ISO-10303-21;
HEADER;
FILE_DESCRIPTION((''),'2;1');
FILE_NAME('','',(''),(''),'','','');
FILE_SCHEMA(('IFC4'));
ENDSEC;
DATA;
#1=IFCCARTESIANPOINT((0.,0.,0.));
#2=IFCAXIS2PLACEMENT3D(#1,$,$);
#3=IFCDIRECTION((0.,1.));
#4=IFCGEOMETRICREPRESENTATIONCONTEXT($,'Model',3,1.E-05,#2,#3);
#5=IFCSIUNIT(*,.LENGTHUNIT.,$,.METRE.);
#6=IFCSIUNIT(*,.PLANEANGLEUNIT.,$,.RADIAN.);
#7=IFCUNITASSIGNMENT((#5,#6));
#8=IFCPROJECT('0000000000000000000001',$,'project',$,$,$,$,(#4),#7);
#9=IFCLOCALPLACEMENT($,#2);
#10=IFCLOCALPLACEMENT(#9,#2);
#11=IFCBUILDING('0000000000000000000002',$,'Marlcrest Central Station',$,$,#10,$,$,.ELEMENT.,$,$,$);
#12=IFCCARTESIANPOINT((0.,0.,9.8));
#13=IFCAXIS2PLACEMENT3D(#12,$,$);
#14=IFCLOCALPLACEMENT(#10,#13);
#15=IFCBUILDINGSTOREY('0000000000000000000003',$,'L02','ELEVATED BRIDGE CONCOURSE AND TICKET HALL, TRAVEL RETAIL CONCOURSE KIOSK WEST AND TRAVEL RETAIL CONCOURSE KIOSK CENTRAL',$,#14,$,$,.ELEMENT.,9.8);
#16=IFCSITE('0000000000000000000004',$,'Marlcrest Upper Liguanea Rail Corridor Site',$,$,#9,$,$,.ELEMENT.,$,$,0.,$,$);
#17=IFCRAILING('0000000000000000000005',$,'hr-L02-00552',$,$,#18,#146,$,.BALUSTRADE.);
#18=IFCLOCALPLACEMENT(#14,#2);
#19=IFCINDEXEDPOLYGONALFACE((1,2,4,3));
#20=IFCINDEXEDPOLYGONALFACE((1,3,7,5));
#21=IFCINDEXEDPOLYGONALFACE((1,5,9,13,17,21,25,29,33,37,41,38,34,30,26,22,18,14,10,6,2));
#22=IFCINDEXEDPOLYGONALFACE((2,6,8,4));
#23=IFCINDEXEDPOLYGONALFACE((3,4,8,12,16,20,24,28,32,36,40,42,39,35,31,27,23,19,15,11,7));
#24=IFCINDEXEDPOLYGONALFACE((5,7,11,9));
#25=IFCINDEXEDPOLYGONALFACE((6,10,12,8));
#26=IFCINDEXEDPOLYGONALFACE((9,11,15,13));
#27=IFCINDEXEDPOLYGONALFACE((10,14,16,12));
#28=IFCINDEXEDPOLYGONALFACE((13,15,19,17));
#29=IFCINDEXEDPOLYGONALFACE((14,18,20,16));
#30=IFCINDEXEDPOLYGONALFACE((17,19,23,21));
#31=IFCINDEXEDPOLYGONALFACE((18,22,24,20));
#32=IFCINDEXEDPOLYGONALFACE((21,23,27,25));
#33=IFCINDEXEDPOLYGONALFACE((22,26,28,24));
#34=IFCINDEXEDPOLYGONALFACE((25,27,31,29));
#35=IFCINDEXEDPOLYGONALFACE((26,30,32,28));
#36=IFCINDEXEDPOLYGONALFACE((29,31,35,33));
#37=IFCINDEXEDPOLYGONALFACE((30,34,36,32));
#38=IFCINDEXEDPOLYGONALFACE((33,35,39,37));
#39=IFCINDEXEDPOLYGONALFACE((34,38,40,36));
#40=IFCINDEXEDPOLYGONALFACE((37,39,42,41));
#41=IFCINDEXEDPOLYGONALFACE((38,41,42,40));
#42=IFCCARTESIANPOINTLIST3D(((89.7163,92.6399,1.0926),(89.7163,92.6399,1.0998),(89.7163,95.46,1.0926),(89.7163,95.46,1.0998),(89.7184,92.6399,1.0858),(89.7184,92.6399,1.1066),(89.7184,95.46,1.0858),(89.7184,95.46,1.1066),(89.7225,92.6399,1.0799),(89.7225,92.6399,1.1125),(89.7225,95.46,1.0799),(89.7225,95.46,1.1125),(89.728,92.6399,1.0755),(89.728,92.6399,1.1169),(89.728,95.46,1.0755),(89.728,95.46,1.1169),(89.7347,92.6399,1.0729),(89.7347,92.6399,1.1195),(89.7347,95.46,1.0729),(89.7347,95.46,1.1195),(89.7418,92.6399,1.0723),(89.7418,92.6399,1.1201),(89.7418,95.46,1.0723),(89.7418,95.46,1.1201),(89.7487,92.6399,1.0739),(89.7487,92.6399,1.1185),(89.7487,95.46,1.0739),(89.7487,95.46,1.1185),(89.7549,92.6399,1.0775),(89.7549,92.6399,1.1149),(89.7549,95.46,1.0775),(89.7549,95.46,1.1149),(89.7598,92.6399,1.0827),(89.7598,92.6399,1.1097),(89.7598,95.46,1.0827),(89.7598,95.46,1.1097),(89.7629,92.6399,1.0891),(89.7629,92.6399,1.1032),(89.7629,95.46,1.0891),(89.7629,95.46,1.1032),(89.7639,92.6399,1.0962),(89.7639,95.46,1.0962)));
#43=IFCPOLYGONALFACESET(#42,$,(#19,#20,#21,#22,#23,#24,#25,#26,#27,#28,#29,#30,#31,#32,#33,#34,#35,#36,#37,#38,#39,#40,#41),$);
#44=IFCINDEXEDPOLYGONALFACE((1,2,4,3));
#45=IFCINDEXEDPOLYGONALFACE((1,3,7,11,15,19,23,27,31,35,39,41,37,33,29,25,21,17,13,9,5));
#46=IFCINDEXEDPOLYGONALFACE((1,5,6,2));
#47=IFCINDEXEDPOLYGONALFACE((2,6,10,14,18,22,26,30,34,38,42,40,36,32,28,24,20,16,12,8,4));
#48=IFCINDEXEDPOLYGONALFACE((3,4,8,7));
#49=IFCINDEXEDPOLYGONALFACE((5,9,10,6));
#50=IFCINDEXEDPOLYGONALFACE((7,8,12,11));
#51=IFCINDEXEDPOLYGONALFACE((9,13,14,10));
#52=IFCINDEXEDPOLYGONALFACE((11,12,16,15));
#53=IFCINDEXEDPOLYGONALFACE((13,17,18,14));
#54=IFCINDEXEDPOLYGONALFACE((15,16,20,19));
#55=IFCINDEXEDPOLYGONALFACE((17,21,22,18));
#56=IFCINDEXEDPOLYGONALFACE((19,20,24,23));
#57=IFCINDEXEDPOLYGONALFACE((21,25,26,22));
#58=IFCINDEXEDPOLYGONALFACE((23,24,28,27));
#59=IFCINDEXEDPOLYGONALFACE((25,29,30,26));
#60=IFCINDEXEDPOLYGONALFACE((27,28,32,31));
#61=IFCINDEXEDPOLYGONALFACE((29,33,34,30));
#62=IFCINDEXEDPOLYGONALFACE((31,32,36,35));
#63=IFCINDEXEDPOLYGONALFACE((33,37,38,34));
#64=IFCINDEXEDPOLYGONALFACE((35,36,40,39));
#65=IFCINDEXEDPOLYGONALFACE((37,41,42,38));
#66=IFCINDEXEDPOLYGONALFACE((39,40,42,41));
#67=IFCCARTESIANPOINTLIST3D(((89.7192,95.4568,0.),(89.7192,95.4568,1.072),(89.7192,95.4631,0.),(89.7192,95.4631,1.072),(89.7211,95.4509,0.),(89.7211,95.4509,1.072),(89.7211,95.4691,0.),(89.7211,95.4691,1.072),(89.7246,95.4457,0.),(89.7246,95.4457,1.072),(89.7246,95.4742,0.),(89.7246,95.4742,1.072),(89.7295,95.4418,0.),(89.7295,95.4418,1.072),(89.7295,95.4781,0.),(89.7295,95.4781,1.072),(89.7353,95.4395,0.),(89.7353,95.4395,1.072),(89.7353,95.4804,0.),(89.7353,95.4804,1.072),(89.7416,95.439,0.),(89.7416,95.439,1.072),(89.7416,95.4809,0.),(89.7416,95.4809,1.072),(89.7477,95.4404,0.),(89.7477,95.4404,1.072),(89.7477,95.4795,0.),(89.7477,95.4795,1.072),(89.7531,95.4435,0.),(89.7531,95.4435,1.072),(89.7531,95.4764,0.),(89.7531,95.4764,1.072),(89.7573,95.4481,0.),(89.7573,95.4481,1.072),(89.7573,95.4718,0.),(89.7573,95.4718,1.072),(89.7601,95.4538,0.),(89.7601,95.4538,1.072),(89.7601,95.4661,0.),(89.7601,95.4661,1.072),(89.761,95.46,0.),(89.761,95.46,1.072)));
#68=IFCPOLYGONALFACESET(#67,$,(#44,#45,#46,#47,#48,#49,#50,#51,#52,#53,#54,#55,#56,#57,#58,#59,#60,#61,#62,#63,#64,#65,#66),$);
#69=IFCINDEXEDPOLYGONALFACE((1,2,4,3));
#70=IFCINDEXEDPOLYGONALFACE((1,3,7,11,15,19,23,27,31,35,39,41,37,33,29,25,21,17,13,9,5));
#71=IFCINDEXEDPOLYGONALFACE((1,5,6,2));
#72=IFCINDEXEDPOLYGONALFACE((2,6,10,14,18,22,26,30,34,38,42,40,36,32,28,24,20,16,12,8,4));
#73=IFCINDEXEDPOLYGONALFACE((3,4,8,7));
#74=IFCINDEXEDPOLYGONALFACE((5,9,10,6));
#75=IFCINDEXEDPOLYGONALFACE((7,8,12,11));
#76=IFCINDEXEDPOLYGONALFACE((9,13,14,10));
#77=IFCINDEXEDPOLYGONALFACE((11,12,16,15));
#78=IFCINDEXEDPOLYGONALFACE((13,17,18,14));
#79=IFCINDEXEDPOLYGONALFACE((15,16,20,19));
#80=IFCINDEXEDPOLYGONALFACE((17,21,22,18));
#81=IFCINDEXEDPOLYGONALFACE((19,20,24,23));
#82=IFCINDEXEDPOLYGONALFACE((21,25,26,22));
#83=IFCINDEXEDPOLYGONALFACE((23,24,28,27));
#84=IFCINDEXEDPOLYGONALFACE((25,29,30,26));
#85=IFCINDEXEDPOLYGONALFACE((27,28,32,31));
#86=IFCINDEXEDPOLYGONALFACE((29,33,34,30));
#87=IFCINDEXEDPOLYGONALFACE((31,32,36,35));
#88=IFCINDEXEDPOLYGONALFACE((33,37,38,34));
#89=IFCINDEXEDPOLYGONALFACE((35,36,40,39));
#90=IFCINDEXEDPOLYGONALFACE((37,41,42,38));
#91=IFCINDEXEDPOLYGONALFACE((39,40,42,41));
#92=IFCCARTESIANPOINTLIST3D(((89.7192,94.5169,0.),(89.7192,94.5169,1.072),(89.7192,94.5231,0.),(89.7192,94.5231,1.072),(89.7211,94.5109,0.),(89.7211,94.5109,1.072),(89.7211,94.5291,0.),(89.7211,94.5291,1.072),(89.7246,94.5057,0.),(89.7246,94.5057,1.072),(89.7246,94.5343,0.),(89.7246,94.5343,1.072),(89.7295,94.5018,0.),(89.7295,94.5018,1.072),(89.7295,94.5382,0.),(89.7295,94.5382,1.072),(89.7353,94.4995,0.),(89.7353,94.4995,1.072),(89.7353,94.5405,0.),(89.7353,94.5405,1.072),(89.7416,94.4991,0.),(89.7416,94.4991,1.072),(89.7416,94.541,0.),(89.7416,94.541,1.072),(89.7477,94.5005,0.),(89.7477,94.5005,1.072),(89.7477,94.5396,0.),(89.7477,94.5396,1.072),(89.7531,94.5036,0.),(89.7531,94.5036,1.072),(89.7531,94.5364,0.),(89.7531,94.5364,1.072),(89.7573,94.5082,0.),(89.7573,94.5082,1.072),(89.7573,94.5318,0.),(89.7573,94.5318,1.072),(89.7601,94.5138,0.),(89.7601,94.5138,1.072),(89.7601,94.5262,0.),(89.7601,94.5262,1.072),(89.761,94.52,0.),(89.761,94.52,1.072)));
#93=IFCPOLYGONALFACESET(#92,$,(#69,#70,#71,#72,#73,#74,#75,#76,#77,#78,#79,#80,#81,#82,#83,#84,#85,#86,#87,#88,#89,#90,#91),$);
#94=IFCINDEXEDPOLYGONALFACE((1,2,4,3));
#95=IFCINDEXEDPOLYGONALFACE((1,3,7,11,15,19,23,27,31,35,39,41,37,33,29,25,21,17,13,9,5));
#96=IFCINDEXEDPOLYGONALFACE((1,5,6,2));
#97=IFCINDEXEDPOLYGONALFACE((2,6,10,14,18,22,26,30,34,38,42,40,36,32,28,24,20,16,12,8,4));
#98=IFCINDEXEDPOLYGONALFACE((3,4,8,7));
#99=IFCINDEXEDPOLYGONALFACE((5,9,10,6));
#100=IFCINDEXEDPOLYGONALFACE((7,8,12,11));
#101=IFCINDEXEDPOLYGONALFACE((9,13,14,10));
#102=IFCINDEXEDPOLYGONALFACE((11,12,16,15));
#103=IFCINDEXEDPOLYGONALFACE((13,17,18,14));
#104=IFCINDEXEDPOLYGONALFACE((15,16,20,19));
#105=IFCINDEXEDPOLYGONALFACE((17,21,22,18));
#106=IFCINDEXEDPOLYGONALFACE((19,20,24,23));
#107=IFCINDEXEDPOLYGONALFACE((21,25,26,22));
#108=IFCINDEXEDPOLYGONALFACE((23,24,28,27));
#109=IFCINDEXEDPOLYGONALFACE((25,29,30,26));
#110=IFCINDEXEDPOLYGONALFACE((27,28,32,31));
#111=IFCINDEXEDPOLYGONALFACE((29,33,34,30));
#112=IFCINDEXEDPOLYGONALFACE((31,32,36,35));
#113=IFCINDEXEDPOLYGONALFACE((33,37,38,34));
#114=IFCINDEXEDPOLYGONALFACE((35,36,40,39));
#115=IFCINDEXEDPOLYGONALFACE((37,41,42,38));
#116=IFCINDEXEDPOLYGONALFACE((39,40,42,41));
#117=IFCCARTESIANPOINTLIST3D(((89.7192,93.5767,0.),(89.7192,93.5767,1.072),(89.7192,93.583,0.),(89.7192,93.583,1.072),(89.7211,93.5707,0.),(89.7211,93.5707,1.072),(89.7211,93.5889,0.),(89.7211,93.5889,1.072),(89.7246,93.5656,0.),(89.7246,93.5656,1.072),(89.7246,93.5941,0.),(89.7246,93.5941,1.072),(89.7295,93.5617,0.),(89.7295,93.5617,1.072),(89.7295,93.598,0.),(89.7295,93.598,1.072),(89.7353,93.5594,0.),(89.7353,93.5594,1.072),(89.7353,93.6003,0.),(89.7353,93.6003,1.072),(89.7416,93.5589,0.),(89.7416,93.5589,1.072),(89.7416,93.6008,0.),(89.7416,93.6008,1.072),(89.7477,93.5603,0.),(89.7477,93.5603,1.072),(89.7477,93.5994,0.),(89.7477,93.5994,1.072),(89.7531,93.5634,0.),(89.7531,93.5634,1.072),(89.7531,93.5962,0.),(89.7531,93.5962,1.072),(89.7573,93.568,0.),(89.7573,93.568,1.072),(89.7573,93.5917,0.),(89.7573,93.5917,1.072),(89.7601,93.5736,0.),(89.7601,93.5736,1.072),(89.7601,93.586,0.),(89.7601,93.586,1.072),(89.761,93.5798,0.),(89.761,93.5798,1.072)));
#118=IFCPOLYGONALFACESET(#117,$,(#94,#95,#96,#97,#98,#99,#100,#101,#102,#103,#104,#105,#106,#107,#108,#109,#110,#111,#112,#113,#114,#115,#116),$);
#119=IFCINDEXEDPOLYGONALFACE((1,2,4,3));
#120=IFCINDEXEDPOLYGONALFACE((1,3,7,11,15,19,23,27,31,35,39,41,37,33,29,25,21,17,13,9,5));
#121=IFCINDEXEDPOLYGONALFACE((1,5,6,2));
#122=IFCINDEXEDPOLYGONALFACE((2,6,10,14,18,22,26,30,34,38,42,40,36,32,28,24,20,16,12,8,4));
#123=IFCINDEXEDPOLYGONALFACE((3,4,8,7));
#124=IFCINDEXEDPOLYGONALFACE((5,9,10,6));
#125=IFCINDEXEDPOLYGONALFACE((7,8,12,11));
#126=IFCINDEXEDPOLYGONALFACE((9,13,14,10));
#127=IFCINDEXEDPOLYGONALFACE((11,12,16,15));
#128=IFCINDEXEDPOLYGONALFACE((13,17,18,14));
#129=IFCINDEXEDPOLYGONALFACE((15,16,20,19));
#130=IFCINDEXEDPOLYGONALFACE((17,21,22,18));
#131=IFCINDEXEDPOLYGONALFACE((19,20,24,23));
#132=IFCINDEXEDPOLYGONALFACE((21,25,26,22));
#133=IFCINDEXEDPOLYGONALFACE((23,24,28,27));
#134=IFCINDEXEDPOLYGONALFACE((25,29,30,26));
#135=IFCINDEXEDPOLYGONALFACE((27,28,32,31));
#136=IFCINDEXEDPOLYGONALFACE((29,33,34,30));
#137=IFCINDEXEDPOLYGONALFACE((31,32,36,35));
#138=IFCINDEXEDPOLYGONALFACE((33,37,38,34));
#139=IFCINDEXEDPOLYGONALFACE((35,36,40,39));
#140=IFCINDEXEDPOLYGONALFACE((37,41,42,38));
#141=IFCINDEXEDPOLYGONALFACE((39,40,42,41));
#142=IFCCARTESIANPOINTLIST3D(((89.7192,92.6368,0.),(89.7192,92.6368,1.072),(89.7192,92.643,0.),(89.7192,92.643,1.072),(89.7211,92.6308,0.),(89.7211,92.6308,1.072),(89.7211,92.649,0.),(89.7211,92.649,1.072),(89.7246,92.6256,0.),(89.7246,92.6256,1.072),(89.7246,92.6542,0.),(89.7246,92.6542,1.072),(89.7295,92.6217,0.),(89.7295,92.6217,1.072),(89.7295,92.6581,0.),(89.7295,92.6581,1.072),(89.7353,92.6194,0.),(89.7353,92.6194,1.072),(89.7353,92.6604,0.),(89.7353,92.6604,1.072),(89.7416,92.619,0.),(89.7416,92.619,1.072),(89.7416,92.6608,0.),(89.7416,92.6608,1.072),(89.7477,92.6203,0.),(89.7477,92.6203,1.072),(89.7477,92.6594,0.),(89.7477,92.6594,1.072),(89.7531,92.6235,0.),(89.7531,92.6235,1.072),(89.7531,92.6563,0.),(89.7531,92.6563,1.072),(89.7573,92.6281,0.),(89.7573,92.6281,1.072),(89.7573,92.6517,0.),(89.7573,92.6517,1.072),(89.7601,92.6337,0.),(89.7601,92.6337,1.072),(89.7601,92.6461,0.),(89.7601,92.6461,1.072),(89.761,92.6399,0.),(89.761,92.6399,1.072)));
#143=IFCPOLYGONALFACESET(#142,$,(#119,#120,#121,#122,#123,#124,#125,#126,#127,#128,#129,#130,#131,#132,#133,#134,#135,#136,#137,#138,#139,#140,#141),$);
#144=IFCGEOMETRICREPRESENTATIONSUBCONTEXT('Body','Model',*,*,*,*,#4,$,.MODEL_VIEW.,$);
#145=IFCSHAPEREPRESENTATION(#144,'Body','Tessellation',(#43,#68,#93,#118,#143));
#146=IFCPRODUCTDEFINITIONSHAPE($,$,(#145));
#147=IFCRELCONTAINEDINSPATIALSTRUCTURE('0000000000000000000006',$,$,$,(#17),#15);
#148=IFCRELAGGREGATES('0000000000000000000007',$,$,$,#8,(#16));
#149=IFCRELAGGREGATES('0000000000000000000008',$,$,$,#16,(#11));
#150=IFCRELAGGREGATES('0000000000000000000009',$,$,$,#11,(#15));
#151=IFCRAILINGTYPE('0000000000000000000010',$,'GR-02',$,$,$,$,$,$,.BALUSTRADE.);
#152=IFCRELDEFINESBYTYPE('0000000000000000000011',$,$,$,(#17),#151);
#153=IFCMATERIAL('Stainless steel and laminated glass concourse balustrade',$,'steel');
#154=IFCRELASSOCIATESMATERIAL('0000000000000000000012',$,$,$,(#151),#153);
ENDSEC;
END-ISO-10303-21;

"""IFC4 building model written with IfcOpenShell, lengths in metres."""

from ifc_helpers import new_model, si_unit, direction, frame, origin, origin_2d, place, context, subcontext, project, spatial, circle, extrude, material, type_object, element, save


model = new_model("IFC4")

# Units and contexts
model_context = context("Model", 3, precision=1e-05, world=origin(), true_north=direction((0.0, 1.0)))
body_context = subcontext(model_context, "Body", "Model", "MODEL_VIEW")
ifc_project = project(units=[si_unit("LENGTHUNIT", "METRE"), si_unit("PLANEANGLEUNIT", "RADIAN")], contexts=[model_context])

# Site, building, storey
site_placement = place(None, origin())
site = spatial("IfcSite", under=ifc_project, at=site_placement, Name="Marlcrest Upper Liguanea Rail Corridor Site", CompositionType="ELEMENT", RefElevation=0.0)
building_placement = place(site_placement, origin())
building = spatial("IfcBuilding", under=site, at=building_placement, Name="Marlcrest Central Station", CompositionType="ELEMENT")
storey_placement = place(building_placement, frame((0.0, 0.0, 9.8)))
storey = spatial("IfcBuildingStorey", under=building, at=storey_placement, Name="L02", Description="ELEVATED BRIDGE CONCOURSE AND TICKET HALL, TRAVEL RETAIL CONCOURSE KIOSK WEST AND TRAVEL RETAIL CONCOURSE KIOSK CENTRAL", CompositionType="ELEMENT", Elevation=9.8)

# Railing
ifc_material_1 = material(Name="Stainless steel and laminated glass concourse balustrade", Category="steel")
railing_type = type_object("IfcRailingType", Name="GR-02", PredefinedType="BALUSTRADE", material=ifc_material_1)
railing_1_placement = place(storey_placement, frame((89.74, 95.46, 0.0)))
element("IfcRailing", 1, at=railing_1_placement, inside=storey, type_object=railing_type, Name="hr-L02-00552", PredefinedType="BALUSTRADE", context=body_context, shape_type="SweptSolid", body=[
    extrude(circle(Radius=0.0239, at=origin_2d()), frame((0.0, 0.0, 1.0962), z_axis=(0.0, -1.0, 0.0), x_axis=(1.0, 0.0, 0.0)), (0.0, 0.0, 1.0), 2.8201),
    extrude(circle(Radius=0.021, at=origin_2d()), origin(), (0.0, 0.0, 1.0), 1.072),
    extrude(circle(Radius=0.021, at=origin_2d()), frame((0.0, -0.9399, 0.0)), (0.0, 0.0, 1.0), 1.072),
    extrude(circle(Radius=0.021, at=origin_2d()), frame((0.0, -1.8801, 0.0)), (0.0, 0.0, 1.0), 1.072),
    extrude(circle(Radius=0.021, at=origin_2d()), frame((0.0, -2.8201, 0.0)), (0.0, 0.0, 1.0), 1.072),
])

save(model, "model.ifc")
